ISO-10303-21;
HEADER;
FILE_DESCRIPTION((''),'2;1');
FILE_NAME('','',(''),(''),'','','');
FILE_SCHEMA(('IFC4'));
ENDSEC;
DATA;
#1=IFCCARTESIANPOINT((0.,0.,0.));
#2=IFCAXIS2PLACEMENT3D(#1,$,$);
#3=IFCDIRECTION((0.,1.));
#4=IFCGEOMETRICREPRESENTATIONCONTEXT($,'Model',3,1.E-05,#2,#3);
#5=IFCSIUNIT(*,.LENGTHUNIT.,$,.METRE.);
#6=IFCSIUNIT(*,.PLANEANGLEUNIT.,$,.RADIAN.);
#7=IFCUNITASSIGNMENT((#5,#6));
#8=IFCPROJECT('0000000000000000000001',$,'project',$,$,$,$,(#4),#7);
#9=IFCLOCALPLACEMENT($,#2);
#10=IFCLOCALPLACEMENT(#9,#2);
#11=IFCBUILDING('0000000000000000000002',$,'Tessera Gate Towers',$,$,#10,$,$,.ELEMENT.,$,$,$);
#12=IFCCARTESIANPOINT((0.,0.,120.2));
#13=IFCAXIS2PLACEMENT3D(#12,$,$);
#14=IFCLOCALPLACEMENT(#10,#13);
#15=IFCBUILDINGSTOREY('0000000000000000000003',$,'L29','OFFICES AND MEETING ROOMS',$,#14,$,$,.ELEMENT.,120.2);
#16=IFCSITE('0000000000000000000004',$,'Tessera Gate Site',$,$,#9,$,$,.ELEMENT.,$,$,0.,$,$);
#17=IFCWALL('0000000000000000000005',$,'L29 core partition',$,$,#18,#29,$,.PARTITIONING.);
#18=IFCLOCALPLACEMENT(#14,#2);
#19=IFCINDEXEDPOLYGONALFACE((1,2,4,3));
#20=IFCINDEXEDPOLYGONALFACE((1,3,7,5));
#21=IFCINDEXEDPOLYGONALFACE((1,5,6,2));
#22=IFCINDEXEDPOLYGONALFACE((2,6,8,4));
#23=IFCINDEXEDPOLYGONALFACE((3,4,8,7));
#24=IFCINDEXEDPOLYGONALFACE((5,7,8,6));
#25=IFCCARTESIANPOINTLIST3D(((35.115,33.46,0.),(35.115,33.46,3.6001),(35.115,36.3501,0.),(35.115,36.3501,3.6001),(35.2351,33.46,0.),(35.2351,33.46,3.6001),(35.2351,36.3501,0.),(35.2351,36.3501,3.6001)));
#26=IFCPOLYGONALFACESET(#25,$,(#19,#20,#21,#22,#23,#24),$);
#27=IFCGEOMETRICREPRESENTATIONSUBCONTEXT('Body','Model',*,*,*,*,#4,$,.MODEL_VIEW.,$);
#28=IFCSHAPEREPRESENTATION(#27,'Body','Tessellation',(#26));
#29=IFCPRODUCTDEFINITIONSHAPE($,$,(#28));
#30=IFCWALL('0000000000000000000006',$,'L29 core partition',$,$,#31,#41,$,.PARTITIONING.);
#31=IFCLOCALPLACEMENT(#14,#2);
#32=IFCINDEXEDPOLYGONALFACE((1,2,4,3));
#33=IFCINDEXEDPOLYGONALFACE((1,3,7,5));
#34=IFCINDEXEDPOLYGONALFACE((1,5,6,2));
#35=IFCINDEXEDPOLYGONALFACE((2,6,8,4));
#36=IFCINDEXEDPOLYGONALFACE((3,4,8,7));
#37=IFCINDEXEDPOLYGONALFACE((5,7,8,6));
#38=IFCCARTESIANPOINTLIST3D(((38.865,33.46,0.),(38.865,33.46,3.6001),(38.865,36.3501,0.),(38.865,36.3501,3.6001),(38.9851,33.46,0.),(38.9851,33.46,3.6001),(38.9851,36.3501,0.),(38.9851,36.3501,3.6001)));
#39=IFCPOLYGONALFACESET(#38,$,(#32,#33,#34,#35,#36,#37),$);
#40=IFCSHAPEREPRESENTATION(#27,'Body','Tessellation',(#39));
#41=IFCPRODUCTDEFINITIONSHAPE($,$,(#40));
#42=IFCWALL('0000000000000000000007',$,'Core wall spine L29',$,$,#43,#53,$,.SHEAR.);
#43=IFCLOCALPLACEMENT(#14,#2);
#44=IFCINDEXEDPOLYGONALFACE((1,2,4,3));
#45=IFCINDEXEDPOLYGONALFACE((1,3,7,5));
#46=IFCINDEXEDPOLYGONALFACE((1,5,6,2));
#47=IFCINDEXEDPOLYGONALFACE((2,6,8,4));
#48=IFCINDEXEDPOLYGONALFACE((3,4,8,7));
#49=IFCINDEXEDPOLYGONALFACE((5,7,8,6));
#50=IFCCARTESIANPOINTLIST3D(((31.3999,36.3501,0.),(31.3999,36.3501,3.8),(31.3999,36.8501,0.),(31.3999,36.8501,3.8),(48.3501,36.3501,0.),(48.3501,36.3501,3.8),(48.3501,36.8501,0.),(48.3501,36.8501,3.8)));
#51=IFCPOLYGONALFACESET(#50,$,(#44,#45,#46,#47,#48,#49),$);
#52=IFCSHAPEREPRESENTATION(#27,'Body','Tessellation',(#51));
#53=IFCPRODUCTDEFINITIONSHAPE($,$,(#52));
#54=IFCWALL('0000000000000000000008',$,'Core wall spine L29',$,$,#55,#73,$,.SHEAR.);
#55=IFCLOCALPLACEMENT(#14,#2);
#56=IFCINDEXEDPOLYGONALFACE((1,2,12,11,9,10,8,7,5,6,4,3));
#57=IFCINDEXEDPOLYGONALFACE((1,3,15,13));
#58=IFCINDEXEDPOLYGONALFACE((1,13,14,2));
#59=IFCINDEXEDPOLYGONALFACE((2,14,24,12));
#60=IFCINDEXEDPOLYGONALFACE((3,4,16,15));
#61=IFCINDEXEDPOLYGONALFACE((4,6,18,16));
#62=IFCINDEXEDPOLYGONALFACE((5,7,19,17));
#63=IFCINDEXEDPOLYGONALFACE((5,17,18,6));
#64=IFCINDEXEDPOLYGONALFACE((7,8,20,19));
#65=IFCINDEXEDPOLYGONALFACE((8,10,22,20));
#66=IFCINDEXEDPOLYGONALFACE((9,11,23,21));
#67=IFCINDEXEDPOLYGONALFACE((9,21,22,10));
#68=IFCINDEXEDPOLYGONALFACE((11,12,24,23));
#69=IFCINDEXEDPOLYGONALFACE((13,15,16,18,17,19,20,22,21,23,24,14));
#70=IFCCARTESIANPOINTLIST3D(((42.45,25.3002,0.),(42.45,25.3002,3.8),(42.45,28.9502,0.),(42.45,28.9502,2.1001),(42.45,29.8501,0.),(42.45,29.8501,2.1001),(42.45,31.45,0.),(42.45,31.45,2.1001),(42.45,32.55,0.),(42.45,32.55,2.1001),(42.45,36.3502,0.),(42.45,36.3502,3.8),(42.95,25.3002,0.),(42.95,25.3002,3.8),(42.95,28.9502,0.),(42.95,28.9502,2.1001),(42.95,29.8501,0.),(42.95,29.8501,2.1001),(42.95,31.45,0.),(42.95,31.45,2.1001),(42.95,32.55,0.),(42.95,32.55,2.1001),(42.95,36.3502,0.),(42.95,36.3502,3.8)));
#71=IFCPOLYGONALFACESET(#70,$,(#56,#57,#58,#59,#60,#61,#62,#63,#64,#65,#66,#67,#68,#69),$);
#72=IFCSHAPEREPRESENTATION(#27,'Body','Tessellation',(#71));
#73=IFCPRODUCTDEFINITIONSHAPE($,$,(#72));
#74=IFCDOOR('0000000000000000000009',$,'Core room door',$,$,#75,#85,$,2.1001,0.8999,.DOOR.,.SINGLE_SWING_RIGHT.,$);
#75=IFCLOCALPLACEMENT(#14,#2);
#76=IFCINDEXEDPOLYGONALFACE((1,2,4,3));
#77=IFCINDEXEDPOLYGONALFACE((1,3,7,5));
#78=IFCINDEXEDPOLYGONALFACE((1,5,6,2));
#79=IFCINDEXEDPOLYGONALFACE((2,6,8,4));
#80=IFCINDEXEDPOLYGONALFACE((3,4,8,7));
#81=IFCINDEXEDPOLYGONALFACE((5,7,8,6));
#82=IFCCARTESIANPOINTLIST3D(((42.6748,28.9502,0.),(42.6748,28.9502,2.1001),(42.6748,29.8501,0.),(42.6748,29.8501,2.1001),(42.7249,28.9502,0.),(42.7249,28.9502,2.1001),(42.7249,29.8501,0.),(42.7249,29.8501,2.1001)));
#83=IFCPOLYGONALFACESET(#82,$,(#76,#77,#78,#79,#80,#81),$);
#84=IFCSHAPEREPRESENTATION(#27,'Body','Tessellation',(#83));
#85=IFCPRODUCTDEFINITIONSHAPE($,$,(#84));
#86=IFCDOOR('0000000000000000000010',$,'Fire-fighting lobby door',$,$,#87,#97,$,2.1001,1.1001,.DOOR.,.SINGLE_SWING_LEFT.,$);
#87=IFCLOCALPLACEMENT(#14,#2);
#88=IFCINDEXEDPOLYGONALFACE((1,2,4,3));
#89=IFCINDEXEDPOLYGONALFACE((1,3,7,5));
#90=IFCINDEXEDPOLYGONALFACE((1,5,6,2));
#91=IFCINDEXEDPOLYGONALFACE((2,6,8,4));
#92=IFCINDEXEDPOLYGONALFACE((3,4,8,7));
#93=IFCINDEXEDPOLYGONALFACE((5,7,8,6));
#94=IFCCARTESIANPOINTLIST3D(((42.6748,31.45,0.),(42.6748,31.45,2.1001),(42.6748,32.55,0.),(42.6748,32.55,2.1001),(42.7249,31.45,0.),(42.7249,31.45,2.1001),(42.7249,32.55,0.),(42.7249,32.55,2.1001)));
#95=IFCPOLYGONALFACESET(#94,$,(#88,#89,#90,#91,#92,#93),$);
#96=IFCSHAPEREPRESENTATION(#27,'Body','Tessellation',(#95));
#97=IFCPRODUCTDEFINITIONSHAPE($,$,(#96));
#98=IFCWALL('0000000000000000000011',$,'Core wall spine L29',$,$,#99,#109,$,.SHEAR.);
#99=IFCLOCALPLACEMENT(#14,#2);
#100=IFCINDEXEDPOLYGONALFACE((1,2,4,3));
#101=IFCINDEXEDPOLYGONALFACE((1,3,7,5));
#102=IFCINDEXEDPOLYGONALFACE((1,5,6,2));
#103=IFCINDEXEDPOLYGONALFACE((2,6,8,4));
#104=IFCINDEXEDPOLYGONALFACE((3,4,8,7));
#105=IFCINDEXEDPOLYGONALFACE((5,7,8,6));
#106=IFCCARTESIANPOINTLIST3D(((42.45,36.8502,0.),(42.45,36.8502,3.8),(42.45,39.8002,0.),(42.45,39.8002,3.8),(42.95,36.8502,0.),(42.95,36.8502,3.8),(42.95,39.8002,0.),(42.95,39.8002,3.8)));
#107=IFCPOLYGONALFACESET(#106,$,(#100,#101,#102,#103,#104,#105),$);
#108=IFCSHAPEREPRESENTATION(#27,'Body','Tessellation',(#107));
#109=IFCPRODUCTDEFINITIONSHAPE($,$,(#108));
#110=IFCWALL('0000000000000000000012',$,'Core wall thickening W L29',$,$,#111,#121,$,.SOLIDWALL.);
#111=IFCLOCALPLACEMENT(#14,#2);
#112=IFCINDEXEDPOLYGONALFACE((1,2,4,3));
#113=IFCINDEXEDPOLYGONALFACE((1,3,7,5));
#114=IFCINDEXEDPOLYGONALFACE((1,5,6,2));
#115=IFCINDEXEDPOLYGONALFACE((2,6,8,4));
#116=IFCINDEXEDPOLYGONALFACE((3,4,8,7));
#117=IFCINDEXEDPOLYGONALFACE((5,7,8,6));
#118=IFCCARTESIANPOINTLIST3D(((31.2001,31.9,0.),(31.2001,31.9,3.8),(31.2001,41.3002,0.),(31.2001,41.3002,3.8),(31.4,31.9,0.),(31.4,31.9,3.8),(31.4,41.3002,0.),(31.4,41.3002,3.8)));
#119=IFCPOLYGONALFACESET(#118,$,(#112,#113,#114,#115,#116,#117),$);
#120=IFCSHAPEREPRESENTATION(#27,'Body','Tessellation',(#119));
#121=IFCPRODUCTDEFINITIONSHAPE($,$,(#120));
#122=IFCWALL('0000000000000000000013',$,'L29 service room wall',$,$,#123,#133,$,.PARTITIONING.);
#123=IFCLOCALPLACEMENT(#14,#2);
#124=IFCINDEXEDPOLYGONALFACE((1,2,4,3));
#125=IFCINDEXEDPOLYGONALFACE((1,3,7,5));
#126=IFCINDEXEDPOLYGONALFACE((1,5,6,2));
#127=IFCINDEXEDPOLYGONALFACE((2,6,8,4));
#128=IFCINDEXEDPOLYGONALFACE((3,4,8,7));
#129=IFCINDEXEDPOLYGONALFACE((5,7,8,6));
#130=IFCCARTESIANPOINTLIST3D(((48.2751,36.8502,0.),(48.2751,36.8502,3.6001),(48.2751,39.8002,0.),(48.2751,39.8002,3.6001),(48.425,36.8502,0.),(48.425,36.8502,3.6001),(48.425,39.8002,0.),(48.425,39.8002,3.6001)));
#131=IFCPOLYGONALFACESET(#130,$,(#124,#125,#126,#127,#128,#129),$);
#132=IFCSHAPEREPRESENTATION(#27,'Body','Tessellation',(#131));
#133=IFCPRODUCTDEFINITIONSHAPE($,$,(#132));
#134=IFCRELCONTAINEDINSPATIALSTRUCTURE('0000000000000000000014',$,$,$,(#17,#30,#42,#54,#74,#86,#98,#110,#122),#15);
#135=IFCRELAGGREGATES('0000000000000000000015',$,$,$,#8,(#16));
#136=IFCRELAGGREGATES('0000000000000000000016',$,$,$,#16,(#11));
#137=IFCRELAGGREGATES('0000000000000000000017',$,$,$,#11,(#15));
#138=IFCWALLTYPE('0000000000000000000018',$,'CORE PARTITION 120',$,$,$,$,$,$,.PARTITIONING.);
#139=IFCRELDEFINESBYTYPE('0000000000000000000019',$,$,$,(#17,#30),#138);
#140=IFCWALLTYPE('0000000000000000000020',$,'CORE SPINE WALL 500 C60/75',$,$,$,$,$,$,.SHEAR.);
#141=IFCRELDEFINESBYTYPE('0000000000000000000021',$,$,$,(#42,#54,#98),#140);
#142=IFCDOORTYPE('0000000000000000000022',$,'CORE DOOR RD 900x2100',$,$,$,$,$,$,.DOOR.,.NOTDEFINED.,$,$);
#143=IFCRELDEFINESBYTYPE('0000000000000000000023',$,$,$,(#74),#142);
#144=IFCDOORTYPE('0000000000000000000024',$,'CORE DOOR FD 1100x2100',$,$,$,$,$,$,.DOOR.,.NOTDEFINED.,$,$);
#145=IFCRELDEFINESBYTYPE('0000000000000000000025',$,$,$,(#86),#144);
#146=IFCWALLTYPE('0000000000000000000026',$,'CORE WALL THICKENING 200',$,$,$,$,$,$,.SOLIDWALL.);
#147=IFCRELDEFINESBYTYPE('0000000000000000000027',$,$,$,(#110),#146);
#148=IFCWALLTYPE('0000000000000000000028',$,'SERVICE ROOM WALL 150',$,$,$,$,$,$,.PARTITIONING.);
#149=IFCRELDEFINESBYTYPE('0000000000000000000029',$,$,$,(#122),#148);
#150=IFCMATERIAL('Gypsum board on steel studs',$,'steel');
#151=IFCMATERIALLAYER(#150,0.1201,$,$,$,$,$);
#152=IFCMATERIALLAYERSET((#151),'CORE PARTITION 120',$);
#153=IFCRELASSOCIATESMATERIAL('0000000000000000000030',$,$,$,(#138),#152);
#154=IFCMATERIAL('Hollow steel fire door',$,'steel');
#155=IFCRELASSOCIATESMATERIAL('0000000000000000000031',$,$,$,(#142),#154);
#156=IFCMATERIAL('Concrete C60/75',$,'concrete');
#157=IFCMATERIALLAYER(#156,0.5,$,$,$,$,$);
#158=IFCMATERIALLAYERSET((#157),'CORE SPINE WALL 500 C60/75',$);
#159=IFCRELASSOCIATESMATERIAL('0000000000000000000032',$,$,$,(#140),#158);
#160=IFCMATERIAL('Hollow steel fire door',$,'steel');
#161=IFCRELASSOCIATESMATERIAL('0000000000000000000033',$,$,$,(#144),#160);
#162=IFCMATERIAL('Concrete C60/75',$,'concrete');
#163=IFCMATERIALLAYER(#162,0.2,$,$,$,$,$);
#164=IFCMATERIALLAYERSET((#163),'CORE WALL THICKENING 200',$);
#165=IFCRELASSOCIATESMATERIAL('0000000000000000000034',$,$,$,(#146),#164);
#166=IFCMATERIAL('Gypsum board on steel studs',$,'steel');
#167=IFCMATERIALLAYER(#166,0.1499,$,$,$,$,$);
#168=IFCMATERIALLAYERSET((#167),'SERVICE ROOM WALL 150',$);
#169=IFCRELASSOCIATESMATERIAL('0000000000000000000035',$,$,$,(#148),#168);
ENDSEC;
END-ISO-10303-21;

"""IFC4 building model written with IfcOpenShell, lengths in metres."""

from ifc_helpers import new_model, si_unit, direction, frame, frame_2d, origin, place, context, subcontext, project, spatial, rectangle, extrude, source, transform, mapped, material, layer, layer_set, type_object, element, fill, save


model = new_model("IFC4")

# Units and contexts
model_context = context("Model", 3, precision=1e-05, world=origin(), true_north=direction((0.0, 1.0)))
body_context = subcontext(model_context, "Body", "Model", "MODEL_VIEW")
ifc_project = project(units=[si_unit("LENGTHUNIT", "METRE"), si_unit("PLANEANGLEUNIT", "RADIAN")], contexts=[model_context])

# Site, building, storey
site_placement = place(None, origin())
site = spatial("IfcSite", under=ifc_project, at=site_placement, Name="Tessera Gate Site", CompositionType="ELEMENT", RefElevation=0.0)
building_placement = place(site_placement, origin())
building = spatial("IfcBuilding", under=site, at=building_placement, Name="Tessera Gate Towers", CompositionType="ELEMENT")
storey_placement = place(building_placement, frame((0.0, 0.0, 120.2)))
storey = spatial("IfcBuildingStorey", under=building, at=storey_placement, Name="L29", Description="OFFICES AND MEETING ROOMS", CompositionType="ELEMENT", Elevation=120.2)

# Shared definitions
shared_shape_1 = source(origin(), body_context, "Body", "SweptSolid", [
    extrude(rectangle(XDim=1.1001, YDim=2.1001, at=frame_2d((0.55, 1.05))), frame((0.0, 0.0249, 0.0), z_axis=(0.0, -1.0, 0.0), x_axis=(1.0, 0.0, 0.0)), (0.0, 0.0, 1.0), 0.05),
])

# Shared definitions
ifc_material_1 = material(Name="Gypsum board on steel studs", Category="steel")
ifc_layer_1 = layer(ifc_material_1, 0.1201)
ifc_layer_set_1 = layer_set([ifc_layer_1], Name="CORE PARTITION 120")
wall_type_1 = type_object("IfcWallType", Name="CORE PARTITION 120", PredefinedType="PARTITIONING", material=ifc_layer_set_1)
ifc_material_2 = material(Name="Hollow steel fire door", Category="steel")
door_type_1 = type_object("IfcDoorType", Name="CORE DOOR RD 900x2100", OperationType="NOTDEFINED", PredefinedType="DOOR", material=ifc_material_2)
shared_shape_2 = source(origin(), body_context, "Body", "SweptSolid", [
    extrude(rectangle(XDim=0.8999, YDim=2.1001, at=frame_2d((0.45, 1.05))), frame((0.0, 0.0249, 0.0), z_axis=(0.0, -1.0, 0.0), x_axis=(1.0, 0.0, 0.0)), (0.0, 0.0, 1.0), 0.05),
])

# Walls
for number, where, z_axis, x_axis, name in (
    (1, (35.175, 33.46, 0.0), (0.0, 0.0, 1.0), (0.0, 1.0, 0.0), "L29 core partition"),
    (2, (38.925, 33.46, 0.0), (0.0, 0.0, 1.0), (0.0, 1.0, 0.0), "L29 core partition"),
):
    element("IfcWall", number, at=place(storey_placement, frame(where, z_axis=z_axis, x_axis=x_axis)), inside=storey, type_object=wall_type_1, Name=name, PredefinedType="PARTITIONING", context=body_context, shape_type="SweptSolid", body=[
        extrude(rectangle(XDim=2.8901, YDim=0.1201, at=frame_2d((1.4451, 0.0))), origin(), (0.0, 0.0, 1.0), 3.6001),
    ])
ifc_material_3 = material(Name="Concrete C60/75", Category="concrete")
ifc_layer_2 = layer(ifc_material_3, 0.5)
ifc_layer_set_2 = layer_set([ifc_layer_2], Name="CORE SPINE WALL 500 C60/75")
wall_type_2 = type_object("IfcWallType", Name="CORE SPINE WALL 500 C60/75", PredefinedType="SHEAR", material=ifc_layer_set_2)
wall_1_placement = place(storey_placement, frame((31.3999, 36.6001, 0.0), z_axis=(0.0, 0.0, 1.0), x_axis=(1.0, 0.0, 0.0)))
element("IfcWall", 3, at=wall_1_placement, inside=storey, type_object=wall_type_2, Name="Core wall spine L29", PredefinedType="SHEAR", context=body_context, shape_type="SweptSolid", body=[
    extrude(rectangle(XDim=16.9502, YDim=0.5, at=frame_2d((8.4751, 0.0))), origin(), (0.0, 0.0, 1.0), 3.8),
])

# Wall, openings, doors
wall_2_placement = place(storey_placement, frame((42.7, 36.3501, 0.0), z_axis=(0.0, 0.0, 1.0), x_axis=(0.0, -1.0, 0.0)))
wall_2 = element("IfcWall", 4, at=wall_2_placement, inside=storey, type_object=wall_type_2, Name="Core wall spine L29", PredefinedType="SHEAR", context=body_context, shape_type="SweptSolid", body=[
    extrude(rectangle(XDim=11.05, YDim=0.5, at=frame_2d((5.5249, 0.0))), origin(), (0.0, 0.0, 1.0), 3.8),
])
shared_shape_3 = source(origin(), body_context, "Body", "SweptSolid", [
    extrude(rectangle(XDim=0.8999, YDim=2.1001, at=frame_2d((0.45, 1.05))), frame((0.0, 0.26, 0.0), z_axis=(0.0, -1.0, 0.0), x_axis=(1.0, 0.0, 0.0)), (0.0, 0.0, 1.0), 0.52),
])
opening_1_placement = place(wall_2_placement, frame((6.5, 0.0, 0.0)))
opening_1 = element("IfcOpeningElement", 5, at=opening_1_placement, cuts=wall_2, PredefinedType="OPENING", context=body_context, shape_type="MappedRepresentation", body=[
    mapped(shared_shape_3, transform((0.0, 0.0, 0.0), scale=1.0)),
])
shared_shape_4 = source(origin(), body_context, "Body", "SweptSolid", [
    extrude(rectangle(XDim=1.1001, YDim=2.1001, at=frame_2d((0.55, 1.05))), frame((0.0, 0.26, 0.0), z_axis=(0.0, -1.0, 0.0), x_axis=(1.0, 0.0, 0.0)), (0.0, 0.0, 1.0), 0.52),
])
opening_2_placement = place(wall_2_placement, frame((3.8, 0.0, 0.0)))
opening_2 = element("IfcOpeningElement", 6, at=opening_2_placement, cuts=wall_2, PredefinedType="OPENING", context=body_context, shape_type="MappedRepresentation", body=[
    mapped(shared_shape_4, transform((0.0, 0.0, 0.0), scale=1.0)),
])
door_1_placement = place(opening_1_placement, origin())
door_1 = element("IfcDoor", 7, at=door_1_placement, inside=storey, type_object=door_type_1, Name="Core room door", OperationType="SINGLE_SWING_RIGHT", OverallHeight=2.1001, OverallWidth=0.8999, PredefinedType="DOOR", context=body_context, shape_type="MappedRepresentation", body=[
    mapped(shared_shape_2, transform((0.0, 0.0, 0.0), scale=1.0)),
])
fill(opening_1, door_1)
ifc_material_4 = material(Name="Hollow steel fire door", Category="steel")
door_type_2 = type_object("IfcDoorType", Name="CORE DOOR FD 1100x2100", OperationType="NOTDEFINED", PredefinedType="DOOR", material=ifc_material_4)
door_2_placement = place(opening_2_placement, origin())
door_2 = element("IfcDoor", 8, at=door_2_placement, inside=storey, type_object=door_type_2, Name="Fire-fighting lobby door", OperationType="SINGLE_SWING_LEFT", OverallHeight=2.1001, OverallWidth=1.1001, PredefinedType="DOOR", context=body_context, shape_type="MappedRepresentation", body=[
    mapped(shared_shape_1, transform((0.0, 0.0, 0.0), scale=1.0)),
])
fill(opening_2, door_2)

# Walls
wall_3_placement = place(storey_placement, frame((42.7, 36.8501, 0.0), z_axis=(0.0, 0.0, 1.0), x_axis=(0.0, 1.0, 0.0)))
element("IfcWall", 9, at=wall_3_placement, inside=storey, type_object=wall_type_2, Name="Core wall spine L29", PredefinedType="SHEAR", context=body_context, shape_type="SweptSolid", body=[
    extrude(rectangle(XDim=2.95, YDim=0.5, at=frame_2d((1.4751, 0.0))), origin(), (0.0, 0.0, 1.0), 3.8),
])
ifc_material_5 = material(Name="Concrete C60/75", Category="concrete")
ifc_layer_3 = layer(ifc_material_5, 0.2)
ifc_layer_set_3 = layer_set([ifc_layer_3], Name="CORE WALL THICKENING 200")
wall_type_3 = type_object("IfcWallType", Name="CORE WALL THICKENING 200", PredefinedType="SOLIDWALL", material=ifc_layer_set_3)
wall_4_placement = place(storey_placement, frame((31.3, 31.8999, 0.0), z_axis=(0.0, 0.0, 1.0), x_axis=(0.0, 1.0, 0.0)))
element("IfcWall", 10, at=wall_4_placement, inside=storey, type_object=wall_type_3, Name="Core wall thickening W L29", PredefinedType="SOLIDWALL", context=body_context, shape_type="SweptSolid", body=[
    extrude(rectangle(XDim=9.4001, YDim=0.2, at=frame_2d((4.7002, 0.0))), origin(), (0.0, 0.0, 1.0), 3.8),
])
ifc_material_6 = material(Name="Gypsum board on steel studs", Category="steel")
ifc_layer_4 = layer(ifc_material_6, 0.1499)
ifc_layer_set_4 = layer_set([ifc_layer_4], Name="SERVICE ROOM WALL 150")
wall_type_4 = type_object("IfcWallType", Name="SERVICE ROOM WALL 150", PredefinedType="PARTITIONING", material=ifc_layer_set_4)
wall_5_placement = place(storey_placement, frame((48.3501, 36.8501, 0.0), z_axis=(0.0, 0.0, 1.0), x_axis=(0.0, 1.0, 0.0)))
element("IfcWall", 11, at=wall_5_placement, inside=storey, type_object=wall_type_4, Name="L29 service room wall", PredefinedType="PARTITIONING", context=body_context, shape_type="SweptSolid", body=[
    extrude(rectangle(XDim=2.95, YDim=0.1499, at=frame_2d((1.4751, 0.0))), origin(), (0.0, 0.0, 1.0), 3.6001),
])

save(model, "model.ifc")
